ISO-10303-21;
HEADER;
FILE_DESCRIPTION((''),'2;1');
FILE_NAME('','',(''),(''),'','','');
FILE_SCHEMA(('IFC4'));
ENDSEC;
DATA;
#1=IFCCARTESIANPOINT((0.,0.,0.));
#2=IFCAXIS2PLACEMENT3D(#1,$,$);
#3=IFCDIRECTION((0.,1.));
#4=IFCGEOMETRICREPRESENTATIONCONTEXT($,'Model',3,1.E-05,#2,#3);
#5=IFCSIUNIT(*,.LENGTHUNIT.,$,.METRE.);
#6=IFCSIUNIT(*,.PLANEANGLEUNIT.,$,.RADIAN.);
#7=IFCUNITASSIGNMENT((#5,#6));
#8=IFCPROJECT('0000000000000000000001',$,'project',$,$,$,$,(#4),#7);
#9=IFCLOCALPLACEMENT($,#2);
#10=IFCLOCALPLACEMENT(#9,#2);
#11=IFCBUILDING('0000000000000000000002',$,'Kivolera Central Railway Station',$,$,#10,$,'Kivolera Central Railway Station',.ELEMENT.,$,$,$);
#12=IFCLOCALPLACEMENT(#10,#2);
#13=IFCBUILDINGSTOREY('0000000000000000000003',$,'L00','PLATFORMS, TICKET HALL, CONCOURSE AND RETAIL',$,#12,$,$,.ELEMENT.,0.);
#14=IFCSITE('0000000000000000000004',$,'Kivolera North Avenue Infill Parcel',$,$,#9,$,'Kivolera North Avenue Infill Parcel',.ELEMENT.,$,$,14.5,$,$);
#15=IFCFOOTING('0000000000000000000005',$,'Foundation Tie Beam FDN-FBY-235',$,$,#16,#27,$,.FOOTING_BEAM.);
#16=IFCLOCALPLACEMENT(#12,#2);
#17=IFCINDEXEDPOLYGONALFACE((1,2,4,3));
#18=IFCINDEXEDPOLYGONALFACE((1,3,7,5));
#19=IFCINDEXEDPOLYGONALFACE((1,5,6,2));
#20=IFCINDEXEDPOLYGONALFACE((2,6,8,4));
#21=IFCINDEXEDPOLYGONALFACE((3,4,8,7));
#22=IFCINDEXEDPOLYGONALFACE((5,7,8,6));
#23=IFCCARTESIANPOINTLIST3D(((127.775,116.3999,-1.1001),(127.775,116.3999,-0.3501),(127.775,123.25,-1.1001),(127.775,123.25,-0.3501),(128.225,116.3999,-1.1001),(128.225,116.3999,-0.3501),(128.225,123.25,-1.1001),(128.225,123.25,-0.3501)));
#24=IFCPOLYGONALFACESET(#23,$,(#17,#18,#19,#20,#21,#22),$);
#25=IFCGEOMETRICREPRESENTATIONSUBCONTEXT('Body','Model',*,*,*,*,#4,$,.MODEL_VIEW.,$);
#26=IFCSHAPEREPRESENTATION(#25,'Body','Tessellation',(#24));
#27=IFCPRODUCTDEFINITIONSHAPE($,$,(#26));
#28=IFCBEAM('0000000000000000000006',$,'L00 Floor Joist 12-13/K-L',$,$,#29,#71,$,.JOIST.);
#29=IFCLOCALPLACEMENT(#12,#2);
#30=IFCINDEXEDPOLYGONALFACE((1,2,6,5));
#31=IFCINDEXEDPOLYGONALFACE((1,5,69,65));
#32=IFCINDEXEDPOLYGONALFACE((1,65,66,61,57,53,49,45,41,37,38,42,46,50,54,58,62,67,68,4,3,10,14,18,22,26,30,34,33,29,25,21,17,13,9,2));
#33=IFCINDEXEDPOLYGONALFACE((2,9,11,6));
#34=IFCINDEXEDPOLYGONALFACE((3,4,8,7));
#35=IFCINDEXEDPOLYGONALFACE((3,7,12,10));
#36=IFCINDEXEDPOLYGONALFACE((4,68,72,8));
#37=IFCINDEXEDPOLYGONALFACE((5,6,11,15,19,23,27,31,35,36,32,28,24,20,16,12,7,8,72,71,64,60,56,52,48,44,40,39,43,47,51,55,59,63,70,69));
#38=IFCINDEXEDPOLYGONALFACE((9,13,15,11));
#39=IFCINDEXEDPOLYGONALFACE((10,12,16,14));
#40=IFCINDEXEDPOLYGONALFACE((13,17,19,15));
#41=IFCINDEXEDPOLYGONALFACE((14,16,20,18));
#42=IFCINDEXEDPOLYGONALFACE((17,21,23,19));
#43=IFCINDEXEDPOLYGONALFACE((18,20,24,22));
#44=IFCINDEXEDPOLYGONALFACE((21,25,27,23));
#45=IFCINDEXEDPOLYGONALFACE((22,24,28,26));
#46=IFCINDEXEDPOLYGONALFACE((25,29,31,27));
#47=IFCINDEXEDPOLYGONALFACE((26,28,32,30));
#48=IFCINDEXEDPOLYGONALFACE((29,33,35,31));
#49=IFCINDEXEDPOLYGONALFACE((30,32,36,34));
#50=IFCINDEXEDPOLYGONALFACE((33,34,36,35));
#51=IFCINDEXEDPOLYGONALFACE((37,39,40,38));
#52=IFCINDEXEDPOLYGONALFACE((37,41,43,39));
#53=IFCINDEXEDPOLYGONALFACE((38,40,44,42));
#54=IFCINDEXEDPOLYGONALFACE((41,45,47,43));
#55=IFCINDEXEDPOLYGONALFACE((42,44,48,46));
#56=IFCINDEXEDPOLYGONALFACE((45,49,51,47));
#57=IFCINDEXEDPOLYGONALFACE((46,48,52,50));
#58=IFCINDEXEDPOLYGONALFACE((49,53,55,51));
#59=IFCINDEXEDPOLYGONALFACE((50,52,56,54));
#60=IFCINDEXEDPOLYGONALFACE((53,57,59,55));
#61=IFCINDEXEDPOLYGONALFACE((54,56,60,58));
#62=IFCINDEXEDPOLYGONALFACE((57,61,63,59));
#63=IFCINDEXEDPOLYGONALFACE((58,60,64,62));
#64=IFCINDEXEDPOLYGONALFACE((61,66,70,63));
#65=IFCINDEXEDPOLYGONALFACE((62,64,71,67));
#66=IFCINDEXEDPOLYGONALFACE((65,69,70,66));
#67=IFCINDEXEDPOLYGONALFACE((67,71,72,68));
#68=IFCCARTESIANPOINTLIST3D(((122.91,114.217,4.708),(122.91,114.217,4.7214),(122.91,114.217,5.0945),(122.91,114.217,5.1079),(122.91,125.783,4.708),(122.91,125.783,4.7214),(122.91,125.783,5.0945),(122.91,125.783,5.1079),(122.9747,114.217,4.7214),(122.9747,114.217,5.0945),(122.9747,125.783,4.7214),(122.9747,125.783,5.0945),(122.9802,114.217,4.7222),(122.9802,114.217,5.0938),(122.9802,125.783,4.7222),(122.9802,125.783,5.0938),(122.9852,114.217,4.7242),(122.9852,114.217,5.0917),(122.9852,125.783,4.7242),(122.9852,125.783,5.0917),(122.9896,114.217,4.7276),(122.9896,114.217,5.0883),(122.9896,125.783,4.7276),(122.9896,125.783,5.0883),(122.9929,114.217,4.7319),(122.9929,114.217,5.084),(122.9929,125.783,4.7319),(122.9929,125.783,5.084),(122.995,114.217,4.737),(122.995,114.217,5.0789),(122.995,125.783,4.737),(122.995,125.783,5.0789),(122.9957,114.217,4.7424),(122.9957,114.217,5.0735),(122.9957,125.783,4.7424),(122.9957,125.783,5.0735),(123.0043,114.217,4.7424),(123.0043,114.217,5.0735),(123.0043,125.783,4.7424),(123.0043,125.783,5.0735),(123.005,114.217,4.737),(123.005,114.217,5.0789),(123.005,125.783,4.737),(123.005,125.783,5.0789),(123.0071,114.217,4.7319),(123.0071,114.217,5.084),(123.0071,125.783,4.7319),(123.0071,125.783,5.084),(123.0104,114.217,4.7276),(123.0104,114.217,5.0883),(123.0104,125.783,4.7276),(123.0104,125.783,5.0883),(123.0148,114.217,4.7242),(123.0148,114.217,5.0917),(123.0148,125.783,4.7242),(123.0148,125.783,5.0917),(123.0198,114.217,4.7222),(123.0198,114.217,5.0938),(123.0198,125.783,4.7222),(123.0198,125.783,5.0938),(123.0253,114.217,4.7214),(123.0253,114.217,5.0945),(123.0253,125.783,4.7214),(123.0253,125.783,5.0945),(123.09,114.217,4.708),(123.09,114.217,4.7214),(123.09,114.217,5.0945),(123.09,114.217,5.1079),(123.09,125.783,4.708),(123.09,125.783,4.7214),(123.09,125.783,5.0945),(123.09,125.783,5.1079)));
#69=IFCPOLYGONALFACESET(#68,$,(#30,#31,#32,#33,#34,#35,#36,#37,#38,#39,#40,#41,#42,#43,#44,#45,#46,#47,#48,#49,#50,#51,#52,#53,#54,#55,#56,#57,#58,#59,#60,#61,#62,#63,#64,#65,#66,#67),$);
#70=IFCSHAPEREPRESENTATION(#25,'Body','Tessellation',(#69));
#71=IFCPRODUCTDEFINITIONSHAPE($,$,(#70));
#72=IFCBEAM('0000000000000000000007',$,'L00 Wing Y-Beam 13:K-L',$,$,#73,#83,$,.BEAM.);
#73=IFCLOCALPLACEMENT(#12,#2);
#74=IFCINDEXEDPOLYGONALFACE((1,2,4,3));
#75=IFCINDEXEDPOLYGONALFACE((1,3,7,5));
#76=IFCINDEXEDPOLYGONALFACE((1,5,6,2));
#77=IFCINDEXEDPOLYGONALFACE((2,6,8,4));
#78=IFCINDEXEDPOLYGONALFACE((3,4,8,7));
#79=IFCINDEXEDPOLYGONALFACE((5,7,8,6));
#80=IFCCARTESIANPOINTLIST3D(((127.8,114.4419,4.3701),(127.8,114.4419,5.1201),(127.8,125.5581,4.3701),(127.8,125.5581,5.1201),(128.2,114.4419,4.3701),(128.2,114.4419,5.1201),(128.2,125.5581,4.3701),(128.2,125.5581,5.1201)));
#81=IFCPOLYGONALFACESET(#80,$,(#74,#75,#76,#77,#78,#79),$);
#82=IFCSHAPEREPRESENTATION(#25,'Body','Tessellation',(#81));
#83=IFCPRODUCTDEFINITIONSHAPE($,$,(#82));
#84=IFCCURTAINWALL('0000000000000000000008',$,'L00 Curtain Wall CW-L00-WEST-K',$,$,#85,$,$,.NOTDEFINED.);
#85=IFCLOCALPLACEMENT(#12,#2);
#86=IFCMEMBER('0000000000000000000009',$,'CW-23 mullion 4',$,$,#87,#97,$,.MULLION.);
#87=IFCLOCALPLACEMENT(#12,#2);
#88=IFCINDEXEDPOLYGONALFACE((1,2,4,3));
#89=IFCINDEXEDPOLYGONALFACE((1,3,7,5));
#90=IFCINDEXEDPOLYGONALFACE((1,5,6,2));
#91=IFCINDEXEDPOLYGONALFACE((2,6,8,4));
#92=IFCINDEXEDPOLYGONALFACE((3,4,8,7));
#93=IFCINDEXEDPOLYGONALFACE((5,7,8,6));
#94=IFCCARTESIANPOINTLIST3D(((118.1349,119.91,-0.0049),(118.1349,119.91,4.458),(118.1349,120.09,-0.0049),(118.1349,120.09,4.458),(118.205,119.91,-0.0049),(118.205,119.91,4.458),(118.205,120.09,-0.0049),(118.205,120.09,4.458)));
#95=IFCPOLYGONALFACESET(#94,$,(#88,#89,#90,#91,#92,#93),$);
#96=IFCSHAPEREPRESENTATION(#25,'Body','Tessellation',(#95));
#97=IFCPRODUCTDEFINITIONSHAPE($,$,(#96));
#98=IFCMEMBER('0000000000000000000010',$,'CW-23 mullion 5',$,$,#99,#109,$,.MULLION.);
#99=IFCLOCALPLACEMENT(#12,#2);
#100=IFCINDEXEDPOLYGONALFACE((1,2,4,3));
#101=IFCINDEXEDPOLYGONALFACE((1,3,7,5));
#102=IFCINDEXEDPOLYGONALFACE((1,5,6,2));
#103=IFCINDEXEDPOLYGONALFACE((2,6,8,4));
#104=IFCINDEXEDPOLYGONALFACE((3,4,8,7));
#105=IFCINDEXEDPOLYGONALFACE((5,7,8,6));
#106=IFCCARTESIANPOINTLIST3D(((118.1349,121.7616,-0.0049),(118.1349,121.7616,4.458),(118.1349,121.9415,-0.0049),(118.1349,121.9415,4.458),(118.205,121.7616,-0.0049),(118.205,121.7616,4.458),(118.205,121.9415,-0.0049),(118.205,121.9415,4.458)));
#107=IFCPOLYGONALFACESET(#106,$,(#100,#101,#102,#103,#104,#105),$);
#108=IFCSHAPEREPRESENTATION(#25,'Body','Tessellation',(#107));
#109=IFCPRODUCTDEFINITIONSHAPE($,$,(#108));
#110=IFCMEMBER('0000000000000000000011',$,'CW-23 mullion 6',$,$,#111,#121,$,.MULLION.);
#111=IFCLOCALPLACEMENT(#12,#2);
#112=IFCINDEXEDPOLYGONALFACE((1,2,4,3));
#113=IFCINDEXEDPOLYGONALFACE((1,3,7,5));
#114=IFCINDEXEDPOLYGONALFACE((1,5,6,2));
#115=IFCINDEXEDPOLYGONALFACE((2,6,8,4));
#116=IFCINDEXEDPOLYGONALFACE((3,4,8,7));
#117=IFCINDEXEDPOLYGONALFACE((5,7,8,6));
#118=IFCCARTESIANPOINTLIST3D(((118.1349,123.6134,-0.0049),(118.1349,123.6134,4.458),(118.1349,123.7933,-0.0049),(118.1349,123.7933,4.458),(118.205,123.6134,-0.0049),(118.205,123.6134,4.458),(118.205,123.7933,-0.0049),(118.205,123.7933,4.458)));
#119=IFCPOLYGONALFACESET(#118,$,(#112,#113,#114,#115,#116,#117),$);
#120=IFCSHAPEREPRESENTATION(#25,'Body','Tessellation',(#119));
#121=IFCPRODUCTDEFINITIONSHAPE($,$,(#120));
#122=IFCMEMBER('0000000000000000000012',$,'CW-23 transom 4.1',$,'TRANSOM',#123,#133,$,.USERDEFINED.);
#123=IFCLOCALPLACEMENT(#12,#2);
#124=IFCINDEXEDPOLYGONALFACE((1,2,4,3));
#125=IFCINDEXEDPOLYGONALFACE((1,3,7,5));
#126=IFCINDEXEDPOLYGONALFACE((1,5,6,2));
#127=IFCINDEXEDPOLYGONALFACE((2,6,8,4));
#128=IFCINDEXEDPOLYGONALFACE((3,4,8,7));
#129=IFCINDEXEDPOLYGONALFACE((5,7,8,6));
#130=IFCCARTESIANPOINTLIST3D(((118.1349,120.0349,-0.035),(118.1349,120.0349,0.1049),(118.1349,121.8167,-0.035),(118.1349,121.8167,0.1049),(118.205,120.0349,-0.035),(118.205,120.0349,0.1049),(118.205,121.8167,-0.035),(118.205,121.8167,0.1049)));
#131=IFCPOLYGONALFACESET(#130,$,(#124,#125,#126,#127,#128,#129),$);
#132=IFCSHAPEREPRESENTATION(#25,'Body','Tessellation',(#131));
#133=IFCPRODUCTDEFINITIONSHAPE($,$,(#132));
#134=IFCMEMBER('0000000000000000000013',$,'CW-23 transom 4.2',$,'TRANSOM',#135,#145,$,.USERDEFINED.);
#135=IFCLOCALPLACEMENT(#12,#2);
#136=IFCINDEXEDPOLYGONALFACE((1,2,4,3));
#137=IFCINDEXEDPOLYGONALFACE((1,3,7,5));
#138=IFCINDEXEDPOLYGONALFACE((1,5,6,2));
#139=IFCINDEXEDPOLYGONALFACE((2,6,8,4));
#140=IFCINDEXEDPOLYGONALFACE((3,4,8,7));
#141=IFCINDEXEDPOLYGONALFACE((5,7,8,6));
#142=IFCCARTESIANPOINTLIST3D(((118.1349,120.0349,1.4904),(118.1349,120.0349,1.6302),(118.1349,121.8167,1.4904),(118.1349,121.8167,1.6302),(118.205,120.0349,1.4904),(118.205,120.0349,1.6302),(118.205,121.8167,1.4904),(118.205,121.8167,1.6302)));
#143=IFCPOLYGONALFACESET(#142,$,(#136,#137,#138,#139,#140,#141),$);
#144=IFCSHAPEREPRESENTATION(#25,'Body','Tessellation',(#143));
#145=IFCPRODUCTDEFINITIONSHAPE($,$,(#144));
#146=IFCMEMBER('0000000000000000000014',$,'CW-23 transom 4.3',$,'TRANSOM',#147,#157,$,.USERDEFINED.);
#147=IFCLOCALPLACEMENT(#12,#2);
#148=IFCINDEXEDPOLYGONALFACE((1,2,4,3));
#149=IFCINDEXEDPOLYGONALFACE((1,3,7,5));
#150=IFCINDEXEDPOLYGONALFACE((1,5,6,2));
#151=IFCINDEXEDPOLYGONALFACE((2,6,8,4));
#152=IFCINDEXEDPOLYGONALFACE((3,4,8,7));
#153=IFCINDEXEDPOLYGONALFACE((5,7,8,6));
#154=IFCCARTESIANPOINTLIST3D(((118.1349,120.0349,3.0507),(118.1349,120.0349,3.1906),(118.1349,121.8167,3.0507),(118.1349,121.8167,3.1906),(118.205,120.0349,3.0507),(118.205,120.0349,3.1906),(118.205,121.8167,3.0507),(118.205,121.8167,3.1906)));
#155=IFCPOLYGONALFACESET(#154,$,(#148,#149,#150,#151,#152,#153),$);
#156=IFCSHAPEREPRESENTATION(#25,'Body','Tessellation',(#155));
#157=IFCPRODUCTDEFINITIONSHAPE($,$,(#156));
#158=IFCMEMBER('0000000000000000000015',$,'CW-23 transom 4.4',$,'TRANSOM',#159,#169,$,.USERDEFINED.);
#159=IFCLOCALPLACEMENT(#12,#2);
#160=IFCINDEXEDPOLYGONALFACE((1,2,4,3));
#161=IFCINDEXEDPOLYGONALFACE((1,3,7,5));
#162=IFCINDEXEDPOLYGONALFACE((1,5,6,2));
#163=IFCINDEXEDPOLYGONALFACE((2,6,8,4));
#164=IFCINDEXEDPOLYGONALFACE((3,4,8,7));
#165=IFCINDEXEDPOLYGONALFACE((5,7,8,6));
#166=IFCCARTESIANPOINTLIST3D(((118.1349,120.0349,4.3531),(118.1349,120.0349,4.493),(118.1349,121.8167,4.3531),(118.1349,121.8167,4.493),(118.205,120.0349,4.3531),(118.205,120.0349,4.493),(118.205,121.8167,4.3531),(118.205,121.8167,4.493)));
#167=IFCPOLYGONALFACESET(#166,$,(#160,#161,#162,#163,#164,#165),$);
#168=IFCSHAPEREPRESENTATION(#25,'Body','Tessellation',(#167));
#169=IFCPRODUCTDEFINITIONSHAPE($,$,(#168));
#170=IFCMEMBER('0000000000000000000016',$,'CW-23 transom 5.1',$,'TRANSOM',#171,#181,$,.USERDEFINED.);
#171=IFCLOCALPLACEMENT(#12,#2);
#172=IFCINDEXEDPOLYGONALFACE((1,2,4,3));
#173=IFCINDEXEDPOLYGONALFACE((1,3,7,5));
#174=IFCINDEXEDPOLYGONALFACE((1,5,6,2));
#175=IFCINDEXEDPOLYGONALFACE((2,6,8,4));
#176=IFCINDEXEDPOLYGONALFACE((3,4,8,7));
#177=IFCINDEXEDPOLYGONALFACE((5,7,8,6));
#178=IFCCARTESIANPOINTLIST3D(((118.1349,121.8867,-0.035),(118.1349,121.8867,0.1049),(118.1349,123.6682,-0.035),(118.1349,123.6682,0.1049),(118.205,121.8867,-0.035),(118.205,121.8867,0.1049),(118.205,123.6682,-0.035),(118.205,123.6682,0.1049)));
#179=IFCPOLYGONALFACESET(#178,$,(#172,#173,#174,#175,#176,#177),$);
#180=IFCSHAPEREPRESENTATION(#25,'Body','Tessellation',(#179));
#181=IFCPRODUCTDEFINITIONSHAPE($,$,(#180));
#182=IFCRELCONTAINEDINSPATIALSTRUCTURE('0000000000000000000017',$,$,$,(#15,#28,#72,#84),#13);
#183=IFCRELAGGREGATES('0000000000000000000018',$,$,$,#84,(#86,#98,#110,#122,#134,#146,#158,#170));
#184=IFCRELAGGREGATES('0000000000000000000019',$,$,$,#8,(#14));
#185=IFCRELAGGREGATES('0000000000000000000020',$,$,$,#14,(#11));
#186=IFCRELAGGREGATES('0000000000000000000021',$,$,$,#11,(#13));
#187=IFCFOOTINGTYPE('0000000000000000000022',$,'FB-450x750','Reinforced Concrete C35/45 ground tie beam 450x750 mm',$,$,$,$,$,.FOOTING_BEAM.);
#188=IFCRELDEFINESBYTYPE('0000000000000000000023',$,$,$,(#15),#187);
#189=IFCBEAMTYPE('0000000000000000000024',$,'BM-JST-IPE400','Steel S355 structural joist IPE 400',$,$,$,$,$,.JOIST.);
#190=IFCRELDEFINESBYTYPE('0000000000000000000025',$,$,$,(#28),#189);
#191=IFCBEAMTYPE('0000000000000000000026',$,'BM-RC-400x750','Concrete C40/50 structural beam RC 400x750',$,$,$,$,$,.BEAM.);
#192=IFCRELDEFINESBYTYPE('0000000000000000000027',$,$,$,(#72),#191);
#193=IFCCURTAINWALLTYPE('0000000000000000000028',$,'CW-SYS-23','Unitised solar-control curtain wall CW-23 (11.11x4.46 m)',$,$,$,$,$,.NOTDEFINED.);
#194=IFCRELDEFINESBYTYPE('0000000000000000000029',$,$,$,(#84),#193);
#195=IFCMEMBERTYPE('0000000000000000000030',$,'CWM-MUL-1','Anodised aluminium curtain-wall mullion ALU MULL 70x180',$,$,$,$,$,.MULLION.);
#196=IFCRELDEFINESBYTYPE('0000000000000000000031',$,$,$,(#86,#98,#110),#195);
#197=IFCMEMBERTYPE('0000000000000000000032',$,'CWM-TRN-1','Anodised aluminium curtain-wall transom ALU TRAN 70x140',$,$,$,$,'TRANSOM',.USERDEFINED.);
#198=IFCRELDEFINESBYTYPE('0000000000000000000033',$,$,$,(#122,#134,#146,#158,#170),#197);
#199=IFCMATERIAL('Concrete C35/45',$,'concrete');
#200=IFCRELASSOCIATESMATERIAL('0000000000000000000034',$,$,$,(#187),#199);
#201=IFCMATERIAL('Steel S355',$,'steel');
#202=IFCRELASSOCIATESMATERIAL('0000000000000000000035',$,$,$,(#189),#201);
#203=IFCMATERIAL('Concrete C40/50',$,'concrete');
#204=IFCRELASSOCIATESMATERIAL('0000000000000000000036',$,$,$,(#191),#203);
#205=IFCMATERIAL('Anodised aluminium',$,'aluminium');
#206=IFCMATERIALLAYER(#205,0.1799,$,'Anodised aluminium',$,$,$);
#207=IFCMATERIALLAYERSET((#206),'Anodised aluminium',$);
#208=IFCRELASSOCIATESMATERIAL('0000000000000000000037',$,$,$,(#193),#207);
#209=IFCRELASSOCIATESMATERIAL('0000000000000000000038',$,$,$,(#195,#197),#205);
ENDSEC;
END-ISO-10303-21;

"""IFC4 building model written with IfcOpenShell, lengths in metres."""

from ifc_helpers import new_model, si_unit, direction, frame, origin, origin_2d, place, context, subcontext, project, spatial, rectangle, i_section, extrude, material, layer, layer_set, material_profile, profile_set, type_object, element, aggregate, save


model = new_model("IFC4")

# Units and contexts
model_context = context("Model", 3, precision=1e-05, world=origin(), true_north=direction((0.0, 1.0)))
body_context = subcontext(model_context, "Body", "Model", "MODEL_VIEW")
ifc_project = project(units=[si_unit("LENGTHUNIT", "METRE"), si_unit("PLANEANGLEUNIT", "RADIAN")], contexts=[model_context])

# Site, building, storey
site_placement = place(None, origin())
site = spatial("IfcSite", under=ifc_project, at=site_placement, Name="Kivolera North Avenue Infill Parcel", LongName="Kivolera North Avenue Infill Parcel", CompositionType="ELEMENT", RefElevation=14.5)
building_placement = place(site_placement, origin())
building = spatial("IfcBuilding", under=site, at=building_placement, Name="Kivolera Central Railway Station", LongName="Kivolera Central Railway Station", CompositionType="ELEMENT")
storey_placement = place(building_placement, origin())
storey = spatial("IfcBuildingStorey", under=building, at=storey_placement, Name="L00", Description="PLATFORMS, TICKET HALL, CONCOURSE AND RETAIL", CompositionType="ELEMENT", Elevation=0.0)

# Footing
ifc_material_1 = material(Name="Concrete C35/45", Category="concrete")
footing_type = type_object("IfcFootingType", Name="FB-450x750", Description="Reinforced Concrete C35/45 ground tie beam 450x750 mm", PredefinedType="FOOTING_BEAM", material=ifc_material_1)
footing_placement = place(storey_placement, frame((128.0, 119.825, -1.1001), z_axis=(0.0, 0.0, 1.0), x_axis=(1.0, 0.0, 0.0)))
element("IfcFooting", 1, at=footing_placement, inside=storey, type_object=footing_type, Name="Foundation Tie Beam FDN-FBY-235", PredefinedType="FOOTING_BEAM", context=body_context, shape_type="SweptSolid", body=[
    extrude(rectangle(XDim=0.45, YDim=6.8501, at=origin_2d()), origin(), (0.0, 0.0, 1.0), 0.75),
])

# Beams
ifc_material_2 = material(Name="Steel S355", Category="steel")
ifc_material_profile_1 = material_profile(ifc_material_2, i_section(OverallWidth=0.1799, OverallDepth=0.3999, WebThickness=0.0085, FlangeThickness=0.0134, FilletRadius=0.021, at=origin_2d()), Name="IPE 400")
ifc_profile_set_1 = profile_set([ifc_material_profile_1], Name="Steel S355")
beam_type_1 = type_object("IfcBeamType", Name="BM-JST-IPE400", Description="Steel S355 structural joist IPE 400", PredefinedType="JOIST", material=ifc_profile_set_1)
beam_1_placement = place(storey_placement, frame((123.0, 114.217, 4.908), z_axis=(0.0, 1.0, 0.0), x_axis=(-1.0, 0.0, 0.0)))
element("IfcBeam", 2, at=beam_1_placement, inside=storey, type_object=beam_type_1, Name="L00 Floor Joist 12-13/K-L", PredefinedType="JOIST", context=body_context, shape_type="SweptSolid", body=[
    extrude(i_section(OverallWidth=0.1799, OverallDepth=0.3999, WebThickness=0.0085, FlangeThickness=0.0134, FilletRadius=0.021, at=origin_2d()), origin(), (0.0, 0.0, 1.0), 11.5659),
])
ifc_material_3 = material(Name="Concrete C40/50", Category="concrete")
ifc_material_profile_2 = material_profile(ifc_material_3, rectangle(XDim=0.3999, YDim=0.75, at=origin_2d()), Name="RC 400x750")
ifc_profile_set_2 = profile_set([ifc_material_profile_2], Name="Concrete C40/50")
beam_type_2 = type_object("IfcBeamType", Name="BM-RC-400x750", Description="Concrete C40/50 structural beam RC 400x750", PredefinedType="BEAM", material=ifc_profile_set_2)
beam_2_placement = place(storey_placement, frame((128.0, 114.4419, 4.7451), z_axis=(0.0, 1.0, 0.0), x_axis=(-1.0, 0.0, 0.0)))
element("IfcBeam", 3, at=beam_2_placement, inside=storey, type_object=beam_type_2, Name="L00 Wing Y-Beam 13:K-L", PredefinedType="BEAM", context=body_context, shape_type="SweptSolid", body=[
    extrude(rectangle(XDim=0.3999, YDim=0.75, at=origin_2d()), origin(), (0.0, 0.0, 1.0), 11.1162),
])

# Curtain wall, members
ifc_material_4 = material(Name="Anodised aluminium", Category="aluminium")
ifc_layer_1 = layer(ifc_material_4, 0.1799, Name="Anodised aluminium")
ifc_layer_set_1 = layer_set([ifc_layer_1], Name="Anodised aluminium")
curtain_wall_type = type_object("IfcCurtainWallType", Name="CW-SYS-23", Description="Unitised solar-control curtain wall CW-23 (11.11x4.46 m)", PredefinedType="NOTDEFINED", material=ifc_layer_set_1)
curtain_wall_placement = place(storey_placement, origin())
curtain_wall = element("IfcCurtainWall", 4, at=curtain_wall_placement, inside=storey, type_object=curtain_wall_type, Name="L00 Curtain Wall CW-L00-WEST-K", PredefinedType="NOTDEFINED")
ifc_material_profile_3 = material_profile(ifc_material_4, rectangle(XDim=0.0701, YDim=0.1799, at=origin_2d()), Name="ALU MULL 70x180")
ifc_profile_set_3 = profile_set([ifc_material_profile_3], Name="Anodised aluminium")
member_type_1 = type_object("IfcMemberType", Name="CWM-MUL-1", Description="Anodised aluminium curtain-wall mullion ALU MULL 70x180", PredefinedType="MULLION", material=ifc_profile_set_3)
member_1_placement = place(storey_placement, frame((118.1699, 120.0, -0.0049), z_axis=(0.0, 0.0, 1.0), x_axis=(-1.0, 0.0, 0.0)))
member_1 = element("IfcMember", 5, at=member_1_placement, type_object=member_type_1, Name="CW-23 mullion 4", PredefinedType="MULLION", context=body_context, shape_type="SweptSolid", body=[
    extrude(rectangle(XDim=0.0701, YDim=0.1799, at=origin_2d()), origin(), (0.0, 0.0, 1.0), 4.4629),
])
member_2_placement = place(storey_placement, frame((118.1699, 121.8516, -0.0049), z_axis=(0.0, 0.0, 1.0), x_axis=(-1.0, 0.0, 0.0)))
member_2 = element("IfcMember", 6, at=member_2_placement, type_object=member_type_1, Name="CW-23 mullion 5", PredefinedType="MULLION", context=body_context, shape_type="SweptSolid", body=[
    extrude(rectangle(XDim=0.0701, YDim=0.1799, at=origin_2d()), origin(), (0.0, 0.0, 1.0), 4.4629),
])
member_3_placement = place(storey_placement, frame((118.1699, 123.7034, -0.0049), z_axis=(0.0, 0.0, 1.0), x_axis=(-1.0, 0.0, 0.0)))
member_3 = element("IfcMember", 7, at=member_3_placement, type_object=member_type_1, Name="CW-23 mullion 6", PredefinedType="MULLION", context=body_context, shape_type="SweptSolid", body=[
    extrude(rectangle(XDim=0.0701, YDim=0.1799, at=origin_2d()), origin(), (0.0, 0.0, 1.0), 4.4629),
])
ifc_material_profile_4 = material_profile(ifc_material_4, rectangle(XDim=0.0701, YDim=0.1399, at=origin_2d()), Name="ALU TRAN 70x140")
ifc_profile_set_4 = profile_set([ifc_material_profile_4], Name="Anodised aluminium")
member_type_2 = type_object("IfcMemberType", Name="CWM-TRN-1", Description="Anodised aluminium curtain-wall transom ALU TRAN 70x140", ElementType="TRANSOM", PredefinedType="USERDEFINED", material=ifc_profile_set_4)
member_4_placement = place(storey_placement, frame((118.1699, 120.0349, 0.0349), z_axis=(0.0, 1.0, 0.0), x_axis=(-1.0, 0.0, 0.0)))
member_4 = element("IfcMember", 8, at=member_4_placement, type_object=member_type_2, Name="CW-23 transom 4.1", ObjectType="TRANSOM", PredefinedType="USERDEFINED", context=body_context, shape_type="SweptSolid", body=[
    extrude(rectangle(XDim=0.0701, YDim=0.1399, at=origin_2d()), origin(), (0.0, 0.0, 1.0), 1.7817),
])
member_5_placement = place(storey_placement, frame((118.1699, 120.0349, 1.5603), z_axis=(0.0, 1.0, 0.0), x_axis=(-1.0, 0.0, 0.0)))
member_5 = element("IfcMember", 9, at=member_5_placement, type_object=member_type_2, Name="CW-23 transom 4.2", ObjectType="TRANSOM", PredefinedType="USERDEFINED", context=body_context, shape_type="SweptSolid", body=[
    extrude(rectangle(XDim=0.0701, YDim=0.1399, at=origin_2d()), origin(), (0.0, 0.0, 1.0), 1.7817),
])
member_6_placement = place(storey_placement, frame((118.1699, 120.0349, 3.1206), z_axis=(0.0, 1.0, 0.0), x_axis=(-1.0, 0.0, 0.0)))
member_6 = element("IfcMember", 10, at=member_6_placement, type_object=member_type_2, Name="CW-23 transom 4.3", ObjectType="TRANSOM", PredefinedType="USERDEFINED", context=body_context, shape_type="SweptSolid", body=[
    extrude(rectangle(XDim=0.0701, YDim=0.1399, at=origin_2d()), origin(), (0.0, 0.0, 1.0), 1.7817),
])
member_7_placement = place(storey_placement, frame((118.1699, 120.0349, 4.4231), z_axis=(0.0, 1.0, 0.0), x_axis=(-1.0, 0.0, 0.0)))
member_7 = element("IfcMember", 11, at=member_7_placement, type_object=member_type_2, Name="CW-23 transom 4.4", ObjectType="TRANSOM", PredefinedType="USERDEFINED", context=body_context, shape_type="SweptSolid", body=[
    extrude(rectangle(XDim=0.0701, YDim=0.1399, at=origin_2d()), origin(), (0.0, 0.0, 1.0), 1.7817),
])
member_8_placement = place(storey_placement, frame((118.1699, 121.8867, 0.0349), z_axis=(0.0, 1.0, 0.0), x_axis=(-1.0, 0.0, 0.0)))
member_8 = element("IfcMember", 12, at=member_8_placement, type_object=member_type_2, Name="CW-23 transom 5.1", ObjectType="TRANSOM", PredefinedType="USERDEFINED", context=body_context, shape_type="SweptSolid", body=[
    extrude(rectangle(XDim=0.0701, YDim=0.1399, at=origin_2d()), origin(), (0.0, 0.0, 1.0), 1.7815),
])
aggregate(curtain_wall, [member_1, member_2, member_3, member_4, member_5, member_6, member_7, member_8])

save(model, "model.ifc")
